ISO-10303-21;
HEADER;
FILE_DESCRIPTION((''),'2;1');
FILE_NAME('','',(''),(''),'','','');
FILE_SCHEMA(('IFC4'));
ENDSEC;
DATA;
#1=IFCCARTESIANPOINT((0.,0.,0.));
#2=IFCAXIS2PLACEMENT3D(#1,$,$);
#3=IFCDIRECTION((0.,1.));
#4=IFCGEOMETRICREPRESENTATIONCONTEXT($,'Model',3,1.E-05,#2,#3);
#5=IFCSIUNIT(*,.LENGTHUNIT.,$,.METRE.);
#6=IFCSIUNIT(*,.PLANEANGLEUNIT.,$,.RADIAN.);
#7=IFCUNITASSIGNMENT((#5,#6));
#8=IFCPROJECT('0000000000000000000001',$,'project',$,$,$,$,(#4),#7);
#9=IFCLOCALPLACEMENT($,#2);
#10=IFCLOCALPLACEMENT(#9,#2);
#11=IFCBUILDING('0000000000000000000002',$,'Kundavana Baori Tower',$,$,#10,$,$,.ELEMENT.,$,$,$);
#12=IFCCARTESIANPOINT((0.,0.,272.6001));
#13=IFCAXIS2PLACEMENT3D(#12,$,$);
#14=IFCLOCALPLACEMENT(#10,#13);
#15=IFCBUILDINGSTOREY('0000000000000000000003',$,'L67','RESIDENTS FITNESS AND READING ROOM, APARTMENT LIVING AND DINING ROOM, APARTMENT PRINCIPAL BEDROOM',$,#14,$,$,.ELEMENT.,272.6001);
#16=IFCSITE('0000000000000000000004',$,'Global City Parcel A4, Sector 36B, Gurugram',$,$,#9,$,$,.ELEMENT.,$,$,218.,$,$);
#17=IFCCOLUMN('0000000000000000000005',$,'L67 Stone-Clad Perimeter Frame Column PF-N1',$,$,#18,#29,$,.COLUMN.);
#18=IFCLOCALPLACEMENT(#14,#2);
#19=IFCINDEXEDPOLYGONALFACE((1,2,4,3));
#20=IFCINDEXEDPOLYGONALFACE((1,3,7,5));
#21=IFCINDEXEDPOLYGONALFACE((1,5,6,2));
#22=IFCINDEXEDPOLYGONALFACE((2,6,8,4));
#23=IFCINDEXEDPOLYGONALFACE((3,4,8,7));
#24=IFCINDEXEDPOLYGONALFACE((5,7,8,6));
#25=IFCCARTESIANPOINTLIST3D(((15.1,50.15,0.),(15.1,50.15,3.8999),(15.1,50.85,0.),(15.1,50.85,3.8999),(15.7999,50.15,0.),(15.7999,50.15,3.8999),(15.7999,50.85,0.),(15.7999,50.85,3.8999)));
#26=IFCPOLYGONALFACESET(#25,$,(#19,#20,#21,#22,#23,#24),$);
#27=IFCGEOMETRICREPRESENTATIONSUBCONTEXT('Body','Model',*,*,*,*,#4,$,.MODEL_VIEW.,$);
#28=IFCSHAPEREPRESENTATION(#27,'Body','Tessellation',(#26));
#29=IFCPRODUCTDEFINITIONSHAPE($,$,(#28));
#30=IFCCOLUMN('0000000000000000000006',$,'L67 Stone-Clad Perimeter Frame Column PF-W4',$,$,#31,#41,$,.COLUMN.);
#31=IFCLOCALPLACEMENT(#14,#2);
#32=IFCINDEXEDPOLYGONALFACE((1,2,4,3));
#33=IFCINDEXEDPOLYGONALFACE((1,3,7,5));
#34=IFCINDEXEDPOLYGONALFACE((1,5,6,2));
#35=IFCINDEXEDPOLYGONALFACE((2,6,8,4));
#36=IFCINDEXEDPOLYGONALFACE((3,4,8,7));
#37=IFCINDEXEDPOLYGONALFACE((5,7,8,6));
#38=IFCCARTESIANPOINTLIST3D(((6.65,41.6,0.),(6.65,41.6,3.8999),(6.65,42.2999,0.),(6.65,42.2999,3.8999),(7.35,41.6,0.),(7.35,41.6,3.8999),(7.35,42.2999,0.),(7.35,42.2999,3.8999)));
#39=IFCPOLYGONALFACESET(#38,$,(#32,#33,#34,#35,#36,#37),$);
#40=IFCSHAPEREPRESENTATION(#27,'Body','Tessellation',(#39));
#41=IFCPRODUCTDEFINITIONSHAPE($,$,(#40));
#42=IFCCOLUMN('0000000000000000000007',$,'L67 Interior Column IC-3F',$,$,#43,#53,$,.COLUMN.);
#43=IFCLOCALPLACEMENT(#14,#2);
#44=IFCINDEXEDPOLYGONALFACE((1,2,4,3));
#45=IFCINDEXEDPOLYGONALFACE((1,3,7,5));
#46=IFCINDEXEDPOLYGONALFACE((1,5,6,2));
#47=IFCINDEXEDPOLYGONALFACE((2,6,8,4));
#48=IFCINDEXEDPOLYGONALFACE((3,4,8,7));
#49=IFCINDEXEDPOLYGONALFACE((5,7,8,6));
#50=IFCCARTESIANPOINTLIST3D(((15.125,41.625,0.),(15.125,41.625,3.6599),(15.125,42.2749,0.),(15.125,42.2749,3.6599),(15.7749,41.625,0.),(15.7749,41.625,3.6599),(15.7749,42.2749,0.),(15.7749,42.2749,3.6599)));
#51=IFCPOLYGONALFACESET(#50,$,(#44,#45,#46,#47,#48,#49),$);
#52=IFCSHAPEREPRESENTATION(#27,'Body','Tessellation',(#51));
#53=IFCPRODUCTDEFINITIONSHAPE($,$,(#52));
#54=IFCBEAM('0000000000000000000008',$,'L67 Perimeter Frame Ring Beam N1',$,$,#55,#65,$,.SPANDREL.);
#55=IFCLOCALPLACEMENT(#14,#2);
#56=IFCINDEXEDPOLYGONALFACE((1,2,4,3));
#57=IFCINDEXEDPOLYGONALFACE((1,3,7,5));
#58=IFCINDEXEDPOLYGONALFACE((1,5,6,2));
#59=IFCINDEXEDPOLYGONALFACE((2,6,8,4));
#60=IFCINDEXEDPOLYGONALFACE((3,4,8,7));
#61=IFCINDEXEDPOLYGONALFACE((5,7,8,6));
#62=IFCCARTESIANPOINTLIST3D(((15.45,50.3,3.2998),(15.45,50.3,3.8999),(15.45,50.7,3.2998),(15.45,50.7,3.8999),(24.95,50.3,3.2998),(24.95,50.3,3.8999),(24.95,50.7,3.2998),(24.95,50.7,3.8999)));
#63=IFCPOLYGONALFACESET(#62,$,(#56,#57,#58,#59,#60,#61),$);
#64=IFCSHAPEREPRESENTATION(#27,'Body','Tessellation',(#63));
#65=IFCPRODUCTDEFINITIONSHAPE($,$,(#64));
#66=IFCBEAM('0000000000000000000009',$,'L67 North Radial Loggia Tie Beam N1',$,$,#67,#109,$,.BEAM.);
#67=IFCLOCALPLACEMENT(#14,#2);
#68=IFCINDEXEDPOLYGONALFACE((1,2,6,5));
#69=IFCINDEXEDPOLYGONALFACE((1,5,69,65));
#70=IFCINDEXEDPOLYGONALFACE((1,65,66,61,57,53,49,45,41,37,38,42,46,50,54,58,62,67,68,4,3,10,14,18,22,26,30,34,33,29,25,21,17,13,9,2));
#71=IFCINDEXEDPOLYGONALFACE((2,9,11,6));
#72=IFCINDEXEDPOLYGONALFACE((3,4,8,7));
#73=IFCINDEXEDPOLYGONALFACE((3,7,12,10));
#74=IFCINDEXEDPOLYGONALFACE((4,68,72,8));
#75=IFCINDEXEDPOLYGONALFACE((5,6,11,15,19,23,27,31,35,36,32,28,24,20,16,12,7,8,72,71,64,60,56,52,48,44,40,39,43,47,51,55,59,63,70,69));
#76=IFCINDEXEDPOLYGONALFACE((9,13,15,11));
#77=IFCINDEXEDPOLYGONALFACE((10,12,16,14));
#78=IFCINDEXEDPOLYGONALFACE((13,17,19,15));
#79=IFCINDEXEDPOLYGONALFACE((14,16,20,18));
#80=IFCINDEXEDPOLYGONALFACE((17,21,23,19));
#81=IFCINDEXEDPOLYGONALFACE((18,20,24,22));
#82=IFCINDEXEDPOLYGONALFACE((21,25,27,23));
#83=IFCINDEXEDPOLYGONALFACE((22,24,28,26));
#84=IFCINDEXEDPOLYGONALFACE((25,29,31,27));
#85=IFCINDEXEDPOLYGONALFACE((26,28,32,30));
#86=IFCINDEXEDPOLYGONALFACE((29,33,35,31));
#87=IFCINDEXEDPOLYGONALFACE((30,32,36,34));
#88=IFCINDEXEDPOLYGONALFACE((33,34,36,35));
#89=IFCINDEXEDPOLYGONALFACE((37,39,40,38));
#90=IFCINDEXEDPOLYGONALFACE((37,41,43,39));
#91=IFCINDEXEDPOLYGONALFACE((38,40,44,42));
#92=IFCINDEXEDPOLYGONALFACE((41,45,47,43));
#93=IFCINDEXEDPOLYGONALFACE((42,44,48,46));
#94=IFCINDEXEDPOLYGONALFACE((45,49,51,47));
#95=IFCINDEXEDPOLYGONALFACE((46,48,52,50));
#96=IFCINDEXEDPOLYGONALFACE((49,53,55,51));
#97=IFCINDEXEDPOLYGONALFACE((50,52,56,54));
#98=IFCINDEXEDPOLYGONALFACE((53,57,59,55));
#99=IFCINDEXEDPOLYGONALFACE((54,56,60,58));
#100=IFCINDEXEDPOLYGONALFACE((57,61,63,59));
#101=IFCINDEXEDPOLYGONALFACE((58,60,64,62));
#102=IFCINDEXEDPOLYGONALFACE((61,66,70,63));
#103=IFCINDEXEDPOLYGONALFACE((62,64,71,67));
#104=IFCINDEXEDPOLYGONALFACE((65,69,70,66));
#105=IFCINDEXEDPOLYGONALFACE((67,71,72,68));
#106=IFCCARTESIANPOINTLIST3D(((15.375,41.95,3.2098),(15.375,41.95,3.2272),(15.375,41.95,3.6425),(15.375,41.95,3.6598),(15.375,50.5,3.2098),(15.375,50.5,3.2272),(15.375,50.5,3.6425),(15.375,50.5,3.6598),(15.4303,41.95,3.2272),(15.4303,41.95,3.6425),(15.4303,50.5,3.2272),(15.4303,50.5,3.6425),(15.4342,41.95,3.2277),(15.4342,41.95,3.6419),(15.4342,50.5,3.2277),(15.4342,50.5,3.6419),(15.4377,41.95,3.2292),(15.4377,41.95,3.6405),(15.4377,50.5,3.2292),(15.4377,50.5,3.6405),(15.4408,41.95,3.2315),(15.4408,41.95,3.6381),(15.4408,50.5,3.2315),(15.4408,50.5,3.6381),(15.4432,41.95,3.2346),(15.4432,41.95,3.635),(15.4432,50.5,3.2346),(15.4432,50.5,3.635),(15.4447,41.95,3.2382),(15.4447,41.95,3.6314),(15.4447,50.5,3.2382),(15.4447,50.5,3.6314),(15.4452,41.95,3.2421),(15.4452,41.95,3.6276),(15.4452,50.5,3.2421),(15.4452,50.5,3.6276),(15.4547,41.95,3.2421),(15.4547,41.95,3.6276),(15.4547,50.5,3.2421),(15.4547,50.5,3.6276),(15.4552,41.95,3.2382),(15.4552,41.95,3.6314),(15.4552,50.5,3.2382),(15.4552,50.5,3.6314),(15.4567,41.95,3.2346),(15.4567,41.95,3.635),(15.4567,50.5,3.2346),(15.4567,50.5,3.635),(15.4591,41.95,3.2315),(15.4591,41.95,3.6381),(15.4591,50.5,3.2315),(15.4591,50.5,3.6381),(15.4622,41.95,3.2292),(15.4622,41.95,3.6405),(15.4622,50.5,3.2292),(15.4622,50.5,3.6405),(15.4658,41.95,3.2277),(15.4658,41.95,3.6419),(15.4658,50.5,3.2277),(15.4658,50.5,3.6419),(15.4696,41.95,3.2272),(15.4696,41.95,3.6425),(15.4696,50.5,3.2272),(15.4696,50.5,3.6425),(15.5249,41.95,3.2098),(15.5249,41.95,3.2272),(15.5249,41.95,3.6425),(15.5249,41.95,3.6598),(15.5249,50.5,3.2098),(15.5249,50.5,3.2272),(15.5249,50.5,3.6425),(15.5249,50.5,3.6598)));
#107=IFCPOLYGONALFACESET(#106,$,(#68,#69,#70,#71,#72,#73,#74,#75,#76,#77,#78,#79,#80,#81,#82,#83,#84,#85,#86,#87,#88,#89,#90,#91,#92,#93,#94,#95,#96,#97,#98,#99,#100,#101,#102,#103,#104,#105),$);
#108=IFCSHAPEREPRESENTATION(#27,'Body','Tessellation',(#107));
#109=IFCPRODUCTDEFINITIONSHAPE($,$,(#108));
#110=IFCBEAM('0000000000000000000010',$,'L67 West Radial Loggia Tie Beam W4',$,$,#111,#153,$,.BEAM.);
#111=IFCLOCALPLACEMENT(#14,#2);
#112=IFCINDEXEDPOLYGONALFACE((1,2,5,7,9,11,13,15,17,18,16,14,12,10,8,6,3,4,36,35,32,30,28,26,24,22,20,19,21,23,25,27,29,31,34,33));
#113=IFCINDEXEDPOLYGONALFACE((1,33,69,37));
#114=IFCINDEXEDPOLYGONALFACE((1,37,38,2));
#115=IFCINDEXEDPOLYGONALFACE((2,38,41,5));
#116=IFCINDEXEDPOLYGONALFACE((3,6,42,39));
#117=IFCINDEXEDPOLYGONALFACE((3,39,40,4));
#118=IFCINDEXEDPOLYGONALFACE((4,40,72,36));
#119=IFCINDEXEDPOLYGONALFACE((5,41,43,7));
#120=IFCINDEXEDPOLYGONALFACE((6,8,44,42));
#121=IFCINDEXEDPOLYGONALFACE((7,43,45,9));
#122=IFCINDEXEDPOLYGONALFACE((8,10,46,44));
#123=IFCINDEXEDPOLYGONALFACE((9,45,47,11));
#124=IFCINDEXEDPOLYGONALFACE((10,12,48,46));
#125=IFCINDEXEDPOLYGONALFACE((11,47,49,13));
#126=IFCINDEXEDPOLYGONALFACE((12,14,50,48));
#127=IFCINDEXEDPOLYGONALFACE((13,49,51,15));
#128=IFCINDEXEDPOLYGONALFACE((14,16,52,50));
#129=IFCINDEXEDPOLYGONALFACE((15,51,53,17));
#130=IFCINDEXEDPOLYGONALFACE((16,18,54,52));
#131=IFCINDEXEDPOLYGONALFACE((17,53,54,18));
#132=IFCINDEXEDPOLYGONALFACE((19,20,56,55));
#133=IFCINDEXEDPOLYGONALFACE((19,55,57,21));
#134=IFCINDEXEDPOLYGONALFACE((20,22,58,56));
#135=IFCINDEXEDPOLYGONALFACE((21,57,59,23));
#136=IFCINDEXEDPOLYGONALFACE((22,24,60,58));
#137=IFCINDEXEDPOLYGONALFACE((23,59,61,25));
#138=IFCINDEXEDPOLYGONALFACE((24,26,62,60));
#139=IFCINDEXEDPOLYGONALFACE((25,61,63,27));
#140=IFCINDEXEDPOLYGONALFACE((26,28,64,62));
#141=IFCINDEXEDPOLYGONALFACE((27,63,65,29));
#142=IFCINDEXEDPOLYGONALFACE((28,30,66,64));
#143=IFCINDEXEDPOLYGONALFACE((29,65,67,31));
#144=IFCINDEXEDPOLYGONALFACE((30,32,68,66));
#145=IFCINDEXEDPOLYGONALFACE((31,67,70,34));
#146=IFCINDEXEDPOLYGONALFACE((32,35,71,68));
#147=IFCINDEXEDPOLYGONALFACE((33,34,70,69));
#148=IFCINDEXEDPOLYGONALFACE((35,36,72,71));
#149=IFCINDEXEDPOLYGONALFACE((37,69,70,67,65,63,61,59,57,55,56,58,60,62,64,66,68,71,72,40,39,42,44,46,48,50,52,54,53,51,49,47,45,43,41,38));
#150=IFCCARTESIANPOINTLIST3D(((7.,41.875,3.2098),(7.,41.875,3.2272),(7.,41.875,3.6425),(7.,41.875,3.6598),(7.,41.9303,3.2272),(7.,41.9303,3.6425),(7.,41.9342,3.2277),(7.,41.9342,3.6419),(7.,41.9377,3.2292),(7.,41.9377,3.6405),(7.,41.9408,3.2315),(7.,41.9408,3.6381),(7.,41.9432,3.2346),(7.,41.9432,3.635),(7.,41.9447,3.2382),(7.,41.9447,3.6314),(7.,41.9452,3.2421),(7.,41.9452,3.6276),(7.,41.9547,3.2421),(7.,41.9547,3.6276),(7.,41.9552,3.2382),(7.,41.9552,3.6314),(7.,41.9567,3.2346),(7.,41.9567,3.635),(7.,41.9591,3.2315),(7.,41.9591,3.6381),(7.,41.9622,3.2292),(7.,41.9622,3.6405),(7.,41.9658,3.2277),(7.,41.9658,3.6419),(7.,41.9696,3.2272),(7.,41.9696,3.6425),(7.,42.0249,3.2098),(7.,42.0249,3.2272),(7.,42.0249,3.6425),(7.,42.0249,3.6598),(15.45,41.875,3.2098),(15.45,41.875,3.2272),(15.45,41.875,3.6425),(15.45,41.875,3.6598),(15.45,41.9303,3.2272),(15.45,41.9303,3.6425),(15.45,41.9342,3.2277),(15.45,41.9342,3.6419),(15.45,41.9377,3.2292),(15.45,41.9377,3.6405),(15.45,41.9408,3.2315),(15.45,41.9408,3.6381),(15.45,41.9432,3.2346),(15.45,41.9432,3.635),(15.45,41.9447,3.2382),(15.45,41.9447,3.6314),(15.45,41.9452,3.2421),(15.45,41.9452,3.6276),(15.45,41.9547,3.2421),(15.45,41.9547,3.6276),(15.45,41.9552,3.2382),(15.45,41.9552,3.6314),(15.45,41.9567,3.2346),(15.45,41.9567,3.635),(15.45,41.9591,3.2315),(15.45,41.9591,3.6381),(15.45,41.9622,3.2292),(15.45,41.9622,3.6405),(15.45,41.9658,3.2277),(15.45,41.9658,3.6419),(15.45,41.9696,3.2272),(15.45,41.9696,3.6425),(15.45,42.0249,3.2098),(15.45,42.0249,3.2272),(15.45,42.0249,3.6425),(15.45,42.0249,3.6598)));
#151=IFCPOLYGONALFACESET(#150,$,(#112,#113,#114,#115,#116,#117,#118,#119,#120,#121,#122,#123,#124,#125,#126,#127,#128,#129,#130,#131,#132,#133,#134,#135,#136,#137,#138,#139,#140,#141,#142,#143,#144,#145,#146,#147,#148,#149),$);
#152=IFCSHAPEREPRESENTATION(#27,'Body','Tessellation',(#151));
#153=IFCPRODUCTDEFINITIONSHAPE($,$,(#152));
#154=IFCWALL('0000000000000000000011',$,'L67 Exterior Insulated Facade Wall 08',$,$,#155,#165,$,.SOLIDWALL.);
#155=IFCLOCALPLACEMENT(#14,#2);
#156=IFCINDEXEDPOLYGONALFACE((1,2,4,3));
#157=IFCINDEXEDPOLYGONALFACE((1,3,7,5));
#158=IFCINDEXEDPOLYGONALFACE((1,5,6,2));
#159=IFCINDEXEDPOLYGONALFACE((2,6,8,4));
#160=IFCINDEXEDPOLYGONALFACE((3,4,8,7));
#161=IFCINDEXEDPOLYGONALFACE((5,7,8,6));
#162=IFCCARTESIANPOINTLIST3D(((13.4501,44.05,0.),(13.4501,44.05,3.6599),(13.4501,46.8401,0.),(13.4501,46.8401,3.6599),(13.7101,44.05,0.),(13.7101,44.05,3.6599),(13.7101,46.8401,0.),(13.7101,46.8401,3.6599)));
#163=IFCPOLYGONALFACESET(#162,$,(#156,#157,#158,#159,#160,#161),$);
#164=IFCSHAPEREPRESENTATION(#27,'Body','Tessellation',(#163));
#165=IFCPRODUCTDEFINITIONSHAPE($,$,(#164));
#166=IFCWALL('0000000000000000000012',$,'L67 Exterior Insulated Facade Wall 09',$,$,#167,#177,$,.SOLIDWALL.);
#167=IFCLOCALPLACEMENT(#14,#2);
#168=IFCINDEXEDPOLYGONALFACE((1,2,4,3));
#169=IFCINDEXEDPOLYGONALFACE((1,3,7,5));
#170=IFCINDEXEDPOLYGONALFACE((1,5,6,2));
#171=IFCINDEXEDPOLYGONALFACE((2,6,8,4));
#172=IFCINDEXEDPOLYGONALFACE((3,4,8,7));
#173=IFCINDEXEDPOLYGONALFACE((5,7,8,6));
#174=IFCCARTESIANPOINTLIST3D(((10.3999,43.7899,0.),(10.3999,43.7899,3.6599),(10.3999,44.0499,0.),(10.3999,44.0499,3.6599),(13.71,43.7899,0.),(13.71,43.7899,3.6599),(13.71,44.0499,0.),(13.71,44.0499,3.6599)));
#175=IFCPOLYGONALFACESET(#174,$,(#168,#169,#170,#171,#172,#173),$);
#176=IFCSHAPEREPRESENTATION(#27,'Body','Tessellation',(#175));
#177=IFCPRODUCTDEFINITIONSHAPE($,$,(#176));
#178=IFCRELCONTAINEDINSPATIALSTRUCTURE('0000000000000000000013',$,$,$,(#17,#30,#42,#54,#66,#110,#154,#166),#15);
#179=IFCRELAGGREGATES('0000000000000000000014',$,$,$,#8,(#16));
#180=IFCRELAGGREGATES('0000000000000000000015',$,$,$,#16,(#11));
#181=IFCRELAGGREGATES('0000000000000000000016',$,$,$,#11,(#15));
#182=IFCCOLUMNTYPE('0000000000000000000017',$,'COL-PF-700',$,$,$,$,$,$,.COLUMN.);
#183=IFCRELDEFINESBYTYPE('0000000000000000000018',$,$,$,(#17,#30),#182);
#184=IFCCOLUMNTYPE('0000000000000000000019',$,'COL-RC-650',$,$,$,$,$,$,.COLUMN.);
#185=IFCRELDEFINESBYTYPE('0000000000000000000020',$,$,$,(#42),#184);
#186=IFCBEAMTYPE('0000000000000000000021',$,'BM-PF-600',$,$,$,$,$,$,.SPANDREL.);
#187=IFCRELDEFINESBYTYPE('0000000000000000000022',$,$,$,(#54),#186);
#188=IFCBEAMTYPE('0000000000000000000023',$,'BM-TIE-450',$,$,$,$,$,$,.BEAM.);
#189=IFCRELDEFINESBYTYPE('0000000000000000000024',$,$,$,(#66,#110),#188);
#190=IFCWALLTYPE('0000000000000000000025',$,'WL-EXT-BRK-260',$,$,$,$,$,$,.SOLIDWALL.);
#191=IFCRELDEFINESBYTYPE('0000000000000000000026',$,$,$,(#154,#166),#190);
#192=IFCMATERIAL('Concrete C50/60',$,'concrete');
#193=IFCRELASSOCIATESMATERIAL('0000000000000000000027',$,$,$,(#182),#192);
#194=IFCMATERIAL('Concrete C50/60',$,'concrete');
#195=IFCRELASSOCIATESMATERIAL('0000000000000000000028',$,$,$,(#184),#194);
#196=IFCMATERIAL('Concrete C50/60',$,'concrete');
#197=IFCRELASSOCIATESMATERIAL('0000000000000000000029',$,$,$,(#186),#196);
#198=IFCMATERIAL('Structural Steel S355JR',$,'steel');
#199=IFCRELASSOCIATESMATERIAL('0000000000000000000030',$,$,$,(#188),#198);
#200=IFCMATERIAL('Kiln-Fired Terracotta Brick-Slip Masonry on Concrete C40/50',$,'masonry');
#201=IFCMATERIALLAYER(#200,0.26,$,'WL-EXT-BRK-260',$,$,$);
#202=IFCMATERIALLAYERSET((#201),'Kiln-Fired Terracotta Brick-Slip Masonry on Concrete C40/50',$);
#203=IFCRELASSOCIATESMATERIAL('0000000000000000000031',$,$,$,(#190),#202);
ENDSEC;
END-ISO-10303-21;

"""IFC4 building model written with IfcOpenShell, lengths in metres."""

from ifc_helpers import new_model, si_unit, direction, frame, frame_2d, origin, origin_2d, place, context, subcontext, project, spatial, rectangle, i_section, extrude, material, layer, layer_set, material_profile, profile_set, type_object, element, save


model = new_model("IFC4")

# Units and contexts
model_context = context("Model", 3, precision=1e-05, world=origin(), true_north=direction((0.0, 1.0)))
body_context = subcontext(model_context, "Body", "Model", "MODEL_VIEW")
ifc_project = project(units=[si_unit("LENGTHUNIT", "METRE"), si_unit("PLANEANGLEUNIT", "RADIAN")], contexts=[model_context])

# Site, building, storey
site_placement = place(None, origin())
site = spatial("IfcSite", under=ifc_project, at=site_placement, Name="Global City Parcel A4, Sector 36B, Gurugram", CompositionType="ELEMENT", RefElevation=218.0)
building_placement = place(site_placement, origin())
building = spatial("IfcBuilding", under=site, at=building_placement, Name="Kundavana Baori Tower", CompositionType="ELEMENT")
storey_placement = place(building_placement, frame((0.0, 0.0, 272.6001)))
storey = spatial("IfcBuildingStorey", under=building, at=storey_placement, Name="L67", Description="RESIDENTS FITNESS AND READING ROOM, APARTMENT LIVING AND DINING ROOM, APARTMENT PRINCIPAL BEDROOM", CompositionType="ELEMENT", Elevation=272.6001)

# Columns
ifc_material_1 = material(Name="Concrete C50/60", Category="concrete")
ifc_material_profile_1 = material_profile(ifc_material_1, rectangle(XDim=0.7, YDim=0.7, at=origin_2d()), Name="RC PF 700x700")
ifc_profile_set_1 = profile_set([ifc_material_profile_1], Name="Concrete C50/60")
column_type_1 = type_object("IfcColumnType", Name="COL-PF-700", PredefinedType="COLUMN", material=ifc_profile_set_1)
for number, where, z_axis, x_axis, name in (
    (1, (15.45, 50.5, 0.0), (0.0, 0.0, 1.0), (1.0, 0.0, 0.0), "L67 Stone-Clad Perimeter Frame Column PF-N1"),
    (2, (7.0, 41.95, 0.0), (0.0, 0.0, 1.0), (1.0, 0.0, 0.0), "L67 Stone-Clad Perimeter Frame Column PF-W4"),
):
    element("IfcColumn", number, at=place(storey_placement, frame(where, z_axis=z_axis, x_axis=x_axis)), inside=storey, type_object=column_type_1, Name=name, PredefinedType="COLUMN", context=body_context, shape_type="SweptSolid", body=[
        extrude(rectangle(XDim=0.7, YDim=0.7, at=origin_2d()), origin(), (0.0, 0.0, 1.0), 3.8999),
    ])
ifc_material_2 = material(Name="Concrete C50/60", Category="concrete")
ifc_material_profile_2 = material_profile(ifc_material_2, rectangle(XDim=0.6499, YDim=0.6499, at=origin_2d()), Name="RC 650x650")
ifc_profile_set_2 = profile_set([ifc_material_profile_2], Name="Concrete C50/60")
column_type_2 = type_object("IfcColumnType", Name="COL-RC-650", PredefinedType="COLUMN", material=ifc_profile_set_2)
column_placement = place(storey_placement, frame((15.45, 41.95, 0.0), z_axis=(0.0, 0.0, 1.0), x_axis=(1.0, 0.0, 0.0)))
element("IfcColumn", 3, at=column_placement, inside=storey, type_object=column_type_2, Name="L67 Interior Column IC-3F", PredefinedType="COLUMN", context=body_context, shape_type="SweptSolid", body=[
    extrude(rectangle(XDim=0.6499, YDim=0.6499, at=origin_2d()), origin(), (0.0, 0.0, 1.0), 3.6599),
])

# Beams
ifc_material_3 = material(Name="Concrete C50/60", Category="concrete")
ifc_material_profile_3 = material_profile(ifc_material_3, rectangle(XDim=0.3999, YDim=0.6001, at=origin_2d()), Name="RC BM 400x600")
ifc_profile_set_3 = profile_set([ifc_material_profile_3], Name="Concrete C50/60")
beam_type_1 = type_object("IfcBeamType", Name="BM-PF-600", PredefinedType="SPANDREL", material=ifc_profile_set_3)
beam_1_placement = place(storey_placement, frame((15.45, 50.5, 3.5999), z_axis=(1.0, 0.0, 0.0), x_axis=(0.0, 1.0, 0.0)))
element("IfcBeam", 4, at=beam_1_placement, inside=storey, type_object=beam_type_1, Name="L67 Perimeter Frame Ring Beam N1", PredefinedType="SPANDREL", context=body_context, shape_type="SweptSolid", body=[
    extrude(rectangle(XDim=0.3999, YDim=0.6001, at=origin_2d()), origin(), (0.0, 0.0, 1.0), 9.5),
])
ifc_material_4 = material(Name="Structural Steel S355JR", Category="steel")
ifc_material_profile_4 = material_profile(ifc_material_4, i_section(OverallWidth=0.1499, OverallDepth=0.45, WebThickness=0.0095, FlangeThickness=0.0173, FilletRadius=0.0149, at=origin_2d()), Name="ISMB 450")
ifc_profile_set_4 = profile_set([ifc_material_profile_4], Name="Structural Steel S355JR")
beam_type_2 = type_object("IfcBeamType", Name="BM-TIE-450", PredefinedType="BEAM", material=ifc_profile_set_4)
beam_2_placement = place(storey_placement, frame((15.45, 41.95, 3.4348), z_axis=(0.0, 1.0, 0.0), x_axis=(-1.0, 0.0, 0.0)))
element("IfcBeam", 5, at=beam_2_placement, inside=storey, type_object=beam_type_2, Name="L67 North Radial Loggia Tie Beam N1", PredefinedType="BEAM", context=body_context, shape_type="SweptSolid", body=[
    extrude(i_section(OverallWidth=0.1499, OverallDepth=0.45, WebThickness=0.0095, FlangeThickness=0.0173, FilletRadius=0.0149, at=origin_2d()), origin(), (0.0, 0.0, 1.0), 8.55),
])
beam_3_placement = place(storey_placement, frame((15.45, 41.95, 3.4348), z_axis=(-1.0, 0.0, 0.0), x_axis=(0.0, -1.0, 0.0)))
element("IfcBeam", 6, at=beam_3_placement, inside=storey, type_object=beam_type_2, Name="L67 West Radial Loggia Tie Beam W4", PredefinedType="BEAM", context=body_context, shape_type="SweptSolid", body=[
    extrude(i_section(OverallWidth=0.1499, OverallDepth=0.45, WebThickness=0.0095, FlangeThickness=0.0173, FilletRadius=0.0149, at=origin_2d()), origin(), (0.0, 0.0, 1.0), 8.45),
])

# Walls
ifc_material_5 = material(Name="Kiln-Fired Terracotta Brick-Slip Masonry on Concrete C40/50", Category="masonry")
ifc_layer_1 = layer(ifc_material_5, 0.26, Name="WL-EXT-BRK-260")
ifc_layer_set_1 = layer_set([ifc_layer_1], Name="Kiln-Fired Terracotta Brick-Slip Masonry on Concrete C40/50")
wall_type_1 = type_object("IfcWallType", Name="WL-EXT-BRK-260", PredefinedType="SOLIDWALL", material=ifc_layer_set_1)
wall_1_placement = place(storey_placement, frame((13.5801, 46.8401, 0.0), z_axis=(0.0, 0.0, 1.0), x_axis=(0.0, -1.0, 0.0)))
element("IfcWall", 7, at=wall_1_placement, inside=storey, type_object=wall_type_1, Name="L67 Exterior Insulated Facade Wall 08", PredefinedType="SOLIDWALL", context=body_context, shape_type="SweptSolid", body=[
    extrude(rectangle(XDim=2.79, YDim=0.26, at=frame_2d((1.395, 0.0))), origin(), (0.0, 0.0, 1.0), 3.6599),
])
wall_2_placement = place(storey_placement, frame((13.71, 43.9199, 0.0), z_axis=(0.0, 0.0, 1.0), x_axis=(-1.0, 0.0, 0.0)))
element("IfcWall", 8, at=wall_2_placement, inside=storey, type_object=wall_type_1, Name="L67 Exterior Insulated Facade Wall 09", PredefinedType="SOLIDWALL", context=body_context, shape_type="SweptSolid", body=[
    extrude(rectangle(XDim=3.3101, YDim=0.26, at=frame_2d((1.655, 0.0))), origin(), (0.0, 0.0, 1.0), 3.6599),
])

save(model, "model.ifc")
